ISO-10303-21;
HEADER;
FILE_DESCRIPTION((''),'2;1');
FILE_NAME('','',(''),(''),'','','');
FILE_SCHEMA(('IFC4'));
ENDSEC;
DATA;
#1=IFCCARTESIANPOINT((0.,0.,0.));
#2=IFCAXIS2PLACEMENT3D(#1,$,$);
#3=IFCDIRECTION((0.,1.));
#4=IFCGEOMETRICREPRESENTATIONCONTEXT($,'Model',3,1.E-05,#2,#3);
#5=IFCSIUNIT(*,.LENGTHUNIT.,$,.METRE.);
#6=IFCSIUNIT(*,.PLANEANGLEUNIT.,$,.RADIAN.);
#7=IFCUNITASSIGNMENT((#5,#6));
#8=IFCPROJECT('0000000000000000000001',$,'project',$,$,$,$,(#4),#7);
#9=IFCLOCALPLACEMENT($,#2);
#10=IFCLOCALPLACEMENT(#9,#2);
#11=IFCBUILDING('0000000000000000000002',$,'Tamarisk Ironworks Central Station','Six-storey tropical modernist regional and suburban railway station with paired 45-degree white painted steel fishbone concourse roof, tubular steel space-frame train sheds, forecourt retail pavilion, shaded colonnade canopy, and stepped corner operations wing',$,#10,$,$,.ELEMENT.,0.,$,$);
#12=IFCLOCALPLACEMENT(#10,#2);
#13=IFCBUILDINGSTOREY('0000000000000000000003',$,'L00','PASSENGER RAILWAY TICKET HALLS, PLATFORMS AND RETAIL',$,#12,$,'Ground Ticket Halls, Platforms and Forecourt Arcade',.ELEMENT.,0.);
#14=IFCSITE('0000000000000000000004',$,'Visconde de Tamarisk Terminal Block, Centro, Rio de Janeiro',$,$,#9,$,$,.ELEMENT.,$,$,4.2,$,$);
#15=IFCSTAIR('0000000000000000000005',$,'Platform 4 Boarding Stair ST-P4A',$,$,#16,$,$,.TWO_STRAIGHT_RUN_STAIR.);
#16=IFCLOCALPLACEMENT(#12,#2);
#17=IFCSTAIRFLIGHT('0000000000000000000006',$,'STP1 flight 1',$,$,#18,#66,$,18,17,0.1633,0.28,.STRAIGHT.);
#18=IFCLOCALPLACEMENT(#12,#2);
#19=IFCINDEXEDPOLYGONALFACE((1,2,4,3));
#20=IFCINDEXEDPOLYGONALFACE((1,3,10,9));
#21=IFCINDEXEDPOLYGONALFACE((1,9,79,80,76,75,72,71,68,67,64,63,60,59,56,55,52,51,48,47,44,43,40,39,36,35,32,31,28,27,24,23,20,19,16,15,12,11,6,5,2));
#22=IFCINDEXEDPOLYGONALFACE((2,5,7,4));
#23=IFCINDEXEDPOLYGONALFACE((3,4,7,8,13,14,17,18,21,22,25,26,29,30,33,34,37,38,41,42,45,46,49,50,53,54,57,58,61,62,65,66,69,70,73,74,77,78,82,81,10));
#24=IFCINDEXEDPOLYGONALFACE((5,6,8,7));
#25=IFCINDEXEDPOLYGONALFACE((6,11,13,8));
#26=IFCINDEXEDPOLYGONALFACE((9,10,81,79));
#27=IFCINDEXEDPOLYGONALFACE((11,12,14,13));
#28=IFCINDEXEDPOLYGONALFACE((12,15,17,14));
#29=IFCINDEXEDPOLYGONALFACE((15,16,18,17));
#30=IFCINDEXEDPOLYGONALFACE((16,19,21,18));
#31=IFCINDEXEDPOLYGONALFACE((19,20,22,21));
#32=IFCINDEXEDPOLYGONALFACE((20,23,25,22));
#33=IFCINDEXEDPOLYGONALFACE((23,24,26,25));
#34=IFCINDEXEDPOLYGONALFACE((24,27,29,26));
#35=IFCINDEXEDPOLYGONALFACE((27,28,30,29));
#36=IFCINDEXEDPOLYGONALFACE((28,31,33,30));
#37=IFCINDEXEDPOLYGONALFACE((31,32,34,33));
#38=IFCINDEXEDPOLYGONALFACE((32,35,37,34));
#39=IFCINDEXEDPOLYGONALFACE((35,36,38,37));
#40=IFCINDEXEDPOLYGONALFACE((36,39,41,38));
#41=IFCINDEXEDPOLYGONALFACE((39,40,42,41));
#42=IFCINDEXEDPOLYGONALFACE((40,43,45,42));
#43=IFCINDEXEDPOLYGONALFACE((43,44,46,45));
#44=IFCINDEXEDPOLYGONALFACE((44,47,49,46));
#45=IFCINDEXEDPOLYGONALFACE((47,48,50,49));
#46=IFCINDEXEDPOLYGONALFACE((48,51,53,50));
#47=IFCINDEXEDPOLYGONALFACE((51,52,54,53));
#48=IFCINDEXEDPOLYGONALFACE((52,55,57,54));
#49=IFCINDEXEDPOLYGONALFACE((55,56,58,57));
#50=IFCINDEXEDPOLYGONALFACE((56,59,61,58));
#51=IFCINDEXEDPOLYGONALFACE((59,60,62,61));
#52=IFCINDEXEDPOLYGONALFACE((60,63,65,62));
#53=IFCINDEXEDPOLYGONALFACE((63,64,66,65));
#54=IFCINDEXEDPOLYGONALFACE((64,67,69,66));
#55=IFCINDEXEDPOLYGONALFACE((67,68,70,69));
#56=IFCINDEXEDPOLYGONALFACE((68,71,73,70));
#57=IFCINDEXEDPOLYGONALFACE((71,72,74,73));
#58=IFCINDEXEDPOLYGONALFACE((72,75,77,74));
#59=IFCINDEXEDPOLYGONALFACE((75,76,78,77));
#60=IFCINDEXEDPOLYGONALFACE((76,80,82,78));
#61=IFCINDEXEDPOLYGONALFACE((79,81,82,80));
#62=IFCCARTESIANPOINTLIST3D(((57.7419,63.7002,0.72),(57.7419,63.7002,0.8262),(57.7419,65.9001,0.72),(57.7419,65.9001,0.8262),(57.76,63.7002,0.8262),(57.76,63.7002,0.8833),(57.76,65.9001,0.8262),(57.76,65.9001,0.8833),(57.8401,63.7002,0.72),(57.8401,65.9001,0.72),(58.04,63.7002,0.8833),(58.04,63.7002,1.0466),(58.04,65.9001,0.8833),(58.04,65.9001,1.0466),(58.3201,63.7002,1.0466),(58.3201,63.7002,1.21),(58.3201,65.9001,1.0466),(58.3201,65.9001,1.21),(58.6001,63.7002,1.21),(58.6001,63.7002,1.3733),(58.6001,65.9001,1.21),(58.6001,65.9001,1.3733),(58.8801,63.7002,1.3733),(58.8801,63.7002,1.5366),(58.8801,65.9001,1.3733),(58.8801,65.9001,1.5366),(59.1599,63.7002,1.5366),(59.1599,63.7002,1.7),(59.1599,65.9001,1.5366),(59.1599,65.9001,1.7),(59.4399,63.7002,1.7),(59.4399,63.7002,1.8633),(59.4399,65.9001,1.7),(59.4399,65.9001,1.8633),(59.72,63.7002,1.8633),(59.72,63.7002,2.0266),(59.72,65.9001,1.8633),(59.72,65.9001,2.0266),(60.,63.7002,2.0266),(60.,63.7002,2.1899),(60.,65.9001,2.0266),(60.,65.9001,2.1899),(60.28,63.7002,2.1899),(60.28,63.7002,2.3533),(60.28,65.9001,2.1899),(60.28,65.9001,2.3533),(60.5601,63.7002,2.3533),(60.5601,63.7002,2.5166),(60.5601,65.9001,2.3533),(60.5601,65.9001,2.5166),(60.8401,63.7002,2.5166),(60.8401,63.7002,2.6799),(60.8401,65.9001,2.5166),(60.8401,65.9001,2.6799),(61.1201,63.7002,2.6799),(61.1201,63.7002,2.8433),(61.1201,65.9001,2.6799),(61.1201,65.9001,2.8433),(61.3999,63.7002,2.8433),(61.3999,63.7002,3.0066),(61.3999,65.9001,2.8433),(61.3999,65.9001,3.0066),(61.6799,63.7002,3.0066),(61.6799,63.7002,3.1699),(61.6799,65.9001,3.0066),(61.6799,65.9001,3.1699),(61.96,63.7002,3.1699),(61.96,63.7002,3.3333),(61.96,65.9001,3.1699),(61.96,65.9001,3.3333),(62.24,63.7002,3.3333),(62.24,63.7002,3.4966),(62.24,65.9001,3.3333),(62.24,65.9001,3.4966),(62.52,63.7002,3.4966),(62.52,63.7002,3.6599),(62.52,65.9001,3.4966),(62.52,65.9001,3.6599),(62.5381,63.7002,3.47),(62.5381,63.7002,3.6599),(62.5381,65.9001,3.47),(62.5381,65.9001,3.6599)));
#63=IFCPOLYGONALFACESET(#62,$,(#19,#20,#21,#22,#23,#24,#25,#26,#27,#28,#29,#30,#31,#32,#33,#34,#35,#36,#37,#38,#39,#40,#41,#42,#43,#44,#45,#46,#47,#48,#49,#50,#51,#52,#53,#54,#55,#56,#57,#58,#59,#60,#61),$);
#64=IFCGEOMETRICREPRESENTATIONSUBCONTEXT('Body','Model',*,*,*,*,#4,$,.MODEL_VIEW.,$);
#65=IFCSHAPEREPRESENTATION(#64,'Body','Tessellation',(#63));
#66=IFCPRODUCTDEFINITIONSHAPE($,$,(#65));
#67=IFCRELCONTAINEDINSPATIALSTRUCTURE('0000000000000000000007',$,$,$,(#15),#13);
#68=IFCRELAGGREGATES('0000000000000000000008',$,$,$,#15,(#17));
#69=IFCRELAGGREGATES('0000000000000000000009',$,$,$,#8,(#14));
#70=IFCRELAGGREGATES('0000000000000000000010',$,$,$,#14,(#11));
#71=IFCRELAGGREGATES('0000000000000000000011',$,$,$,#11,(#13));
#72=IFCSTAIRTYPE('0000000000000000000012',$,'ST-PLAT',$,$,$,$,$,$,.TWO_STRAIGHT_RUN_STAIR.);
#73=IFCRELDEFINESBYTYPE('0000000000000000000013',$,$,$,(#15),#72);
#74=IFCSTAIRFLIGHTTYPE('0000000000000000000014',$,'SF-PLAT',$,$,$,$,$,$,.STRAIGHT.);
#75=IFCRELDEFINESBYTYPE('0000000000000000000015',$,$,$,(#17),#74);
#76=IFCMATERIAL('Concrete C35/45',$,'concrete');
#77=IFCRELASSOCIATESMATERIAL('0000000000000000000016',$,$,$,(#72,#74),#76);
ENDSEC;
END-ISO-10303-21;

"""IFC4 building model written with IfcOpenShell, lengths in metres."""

from ifc_helpers import new_model, si_unit, direction, frame, origin, place, context, subcontext, project, spatial, polyline, outline, extrude, material, type_object, element, aggregate, save


model = new_model("IFC4")

# Units and contexts
model_context = context("Model", 3, precision=1e-05, world=origin(), true_north=direction((0.0, 1.0)))
body_context = subcontext(model_context, "Body", "Model", "MODEL_VIEW")
ifc_project = project(units=[si_unit("LENGTHUNIT", "METRE"), si_unit("PLANEANGLEUNIT", "RADIAN")], contexts=[model_context])

# Site, building, storey
site_placement = place(None, origin())
site = spatial("IfcSite", under=ifc_project, at=site_placement, Name="Visconde de Tamarisk Terminal Block, Centro, Rio de Janeiro", CompositionType="ELEMENT", RefElevation=4.2)
building_placement = place(site_placement, origin())
building = spatial("IfcBuilding", under=site, at=building_placement, Name="Tamarisk Ironworks Central Station", Description="Six-storey tropical modernist regional and suburban railway station with paired 45-degree white painted steel fishbone concourse roof, tubular steel space-frame train sheds, forecourt retail pavilion, shaded colonnade canopy, and stepped corner operations wing", CompositionType="ELEMENT", ElevationOfRefHeight=0.0)
storey_placement = place(building_placement, origin())
storey = spatial("IfcBuildingStorey", under=building, at=storey_placement, Name="L00", Description="PASSENGER RAILWAY TICKET HALLS, PLATFORMS AND RETAIL", LongName="Ground Ticket Halls, Platforms and Forecourt Arcade", CompositionType="ELEMENT", Elevation=0.0)

# Stair, stair flight
ifc_material_1 = material(Name="Concrete C35/45", Category="concrete")
stair_type = type_object("IfcStairType", Name="ST-PLAT", PredefinedType="TWO_STRAIGHT_RUN_STAIR", material=ifc_material_1)
stair_placement = place(storey_placement, origin())
stair = element("IfcStair", 1, at=stair_placement, inside=storey, type_object=stair_type, Name="Platform 4 Boarding Stair ST-P4A", PredefinedType="TWO_STRAIGHT_RUN_STAIR")
stair_flight_type = type_object("IfcStairFlightType", Name="SF-PLAT", PredefinedType="STRAIGHT", material=ifc_material_1)
stair_flight_placement = place(storey_placement, frame((57.76, 64.8, 0.72), z_axis=(0.0, 0.0, 1.0), x_axis=(1.0, 0.0, 0.0)))
stair_flight = element("IfcStairFlight", 2, at=stair_flight_placement, type_object=stair_flight_type, Name="STP1 flight 1", NumberOfRisers=18, NumberOfTreads=17, PredefinedType="STRAIGHT", RiserHeight=0.1633, TreadLength=0.28, context=body_context, shape_type="SweptSolid", body=[
    extrude(outline(polyline([(-0.0181, 0.0), (-0.0181, 0.1062), (0.0, 0.1062), (0.0, 0.1633), (0.28, 0.1633), (0.28, 0.3267), (0.5601, 0.3267), (0.5601, 0.49), (0.8401, 0.49), (0.8401, 0.6533), (1.1201, 0.6533), (1.1201, 0.8167), (1.3999, 0.8167), (1.3999, 0.98), (1.6799, 0.98), (1.6799, 1.1433), (1.96, 1.1433), (1.96, 1.3066), (2.24, 1.3066), (2.24, 1.47), (2.52, 1.47), (2.52, 1.6333), (2.8, 1.6333), (2.8, 1.7966), (3.0801, 1.7966), (3.0801, 1.96), (3.3601, 1.96), (3.3601, 2.1233), (3.6399, 2.1233), (3.6399, 2.2866), (3.9199, 2.2866), (3.9199, 2.45), (4.2, 2.45), (4.2, 2.6133), (4.48, 2.6133), (4.48, 2.7766), (4.76, 2.7766), (4.76, 2.9399), (4.7781, 2.9399), (4.7781, 2.75), (0.0801, 0.0), (-0.0181, 0.0)])), frame((0.0, 1.1001, 0.0), z_axis=(0.0, -1.0, 0.0), x_axis=(1.0, 0.0, 0.0)), (0.0, 0.0, 1.0), 2.2),
])
aggregate(stair, [stair_flight])

save(model, "model.ifc")
